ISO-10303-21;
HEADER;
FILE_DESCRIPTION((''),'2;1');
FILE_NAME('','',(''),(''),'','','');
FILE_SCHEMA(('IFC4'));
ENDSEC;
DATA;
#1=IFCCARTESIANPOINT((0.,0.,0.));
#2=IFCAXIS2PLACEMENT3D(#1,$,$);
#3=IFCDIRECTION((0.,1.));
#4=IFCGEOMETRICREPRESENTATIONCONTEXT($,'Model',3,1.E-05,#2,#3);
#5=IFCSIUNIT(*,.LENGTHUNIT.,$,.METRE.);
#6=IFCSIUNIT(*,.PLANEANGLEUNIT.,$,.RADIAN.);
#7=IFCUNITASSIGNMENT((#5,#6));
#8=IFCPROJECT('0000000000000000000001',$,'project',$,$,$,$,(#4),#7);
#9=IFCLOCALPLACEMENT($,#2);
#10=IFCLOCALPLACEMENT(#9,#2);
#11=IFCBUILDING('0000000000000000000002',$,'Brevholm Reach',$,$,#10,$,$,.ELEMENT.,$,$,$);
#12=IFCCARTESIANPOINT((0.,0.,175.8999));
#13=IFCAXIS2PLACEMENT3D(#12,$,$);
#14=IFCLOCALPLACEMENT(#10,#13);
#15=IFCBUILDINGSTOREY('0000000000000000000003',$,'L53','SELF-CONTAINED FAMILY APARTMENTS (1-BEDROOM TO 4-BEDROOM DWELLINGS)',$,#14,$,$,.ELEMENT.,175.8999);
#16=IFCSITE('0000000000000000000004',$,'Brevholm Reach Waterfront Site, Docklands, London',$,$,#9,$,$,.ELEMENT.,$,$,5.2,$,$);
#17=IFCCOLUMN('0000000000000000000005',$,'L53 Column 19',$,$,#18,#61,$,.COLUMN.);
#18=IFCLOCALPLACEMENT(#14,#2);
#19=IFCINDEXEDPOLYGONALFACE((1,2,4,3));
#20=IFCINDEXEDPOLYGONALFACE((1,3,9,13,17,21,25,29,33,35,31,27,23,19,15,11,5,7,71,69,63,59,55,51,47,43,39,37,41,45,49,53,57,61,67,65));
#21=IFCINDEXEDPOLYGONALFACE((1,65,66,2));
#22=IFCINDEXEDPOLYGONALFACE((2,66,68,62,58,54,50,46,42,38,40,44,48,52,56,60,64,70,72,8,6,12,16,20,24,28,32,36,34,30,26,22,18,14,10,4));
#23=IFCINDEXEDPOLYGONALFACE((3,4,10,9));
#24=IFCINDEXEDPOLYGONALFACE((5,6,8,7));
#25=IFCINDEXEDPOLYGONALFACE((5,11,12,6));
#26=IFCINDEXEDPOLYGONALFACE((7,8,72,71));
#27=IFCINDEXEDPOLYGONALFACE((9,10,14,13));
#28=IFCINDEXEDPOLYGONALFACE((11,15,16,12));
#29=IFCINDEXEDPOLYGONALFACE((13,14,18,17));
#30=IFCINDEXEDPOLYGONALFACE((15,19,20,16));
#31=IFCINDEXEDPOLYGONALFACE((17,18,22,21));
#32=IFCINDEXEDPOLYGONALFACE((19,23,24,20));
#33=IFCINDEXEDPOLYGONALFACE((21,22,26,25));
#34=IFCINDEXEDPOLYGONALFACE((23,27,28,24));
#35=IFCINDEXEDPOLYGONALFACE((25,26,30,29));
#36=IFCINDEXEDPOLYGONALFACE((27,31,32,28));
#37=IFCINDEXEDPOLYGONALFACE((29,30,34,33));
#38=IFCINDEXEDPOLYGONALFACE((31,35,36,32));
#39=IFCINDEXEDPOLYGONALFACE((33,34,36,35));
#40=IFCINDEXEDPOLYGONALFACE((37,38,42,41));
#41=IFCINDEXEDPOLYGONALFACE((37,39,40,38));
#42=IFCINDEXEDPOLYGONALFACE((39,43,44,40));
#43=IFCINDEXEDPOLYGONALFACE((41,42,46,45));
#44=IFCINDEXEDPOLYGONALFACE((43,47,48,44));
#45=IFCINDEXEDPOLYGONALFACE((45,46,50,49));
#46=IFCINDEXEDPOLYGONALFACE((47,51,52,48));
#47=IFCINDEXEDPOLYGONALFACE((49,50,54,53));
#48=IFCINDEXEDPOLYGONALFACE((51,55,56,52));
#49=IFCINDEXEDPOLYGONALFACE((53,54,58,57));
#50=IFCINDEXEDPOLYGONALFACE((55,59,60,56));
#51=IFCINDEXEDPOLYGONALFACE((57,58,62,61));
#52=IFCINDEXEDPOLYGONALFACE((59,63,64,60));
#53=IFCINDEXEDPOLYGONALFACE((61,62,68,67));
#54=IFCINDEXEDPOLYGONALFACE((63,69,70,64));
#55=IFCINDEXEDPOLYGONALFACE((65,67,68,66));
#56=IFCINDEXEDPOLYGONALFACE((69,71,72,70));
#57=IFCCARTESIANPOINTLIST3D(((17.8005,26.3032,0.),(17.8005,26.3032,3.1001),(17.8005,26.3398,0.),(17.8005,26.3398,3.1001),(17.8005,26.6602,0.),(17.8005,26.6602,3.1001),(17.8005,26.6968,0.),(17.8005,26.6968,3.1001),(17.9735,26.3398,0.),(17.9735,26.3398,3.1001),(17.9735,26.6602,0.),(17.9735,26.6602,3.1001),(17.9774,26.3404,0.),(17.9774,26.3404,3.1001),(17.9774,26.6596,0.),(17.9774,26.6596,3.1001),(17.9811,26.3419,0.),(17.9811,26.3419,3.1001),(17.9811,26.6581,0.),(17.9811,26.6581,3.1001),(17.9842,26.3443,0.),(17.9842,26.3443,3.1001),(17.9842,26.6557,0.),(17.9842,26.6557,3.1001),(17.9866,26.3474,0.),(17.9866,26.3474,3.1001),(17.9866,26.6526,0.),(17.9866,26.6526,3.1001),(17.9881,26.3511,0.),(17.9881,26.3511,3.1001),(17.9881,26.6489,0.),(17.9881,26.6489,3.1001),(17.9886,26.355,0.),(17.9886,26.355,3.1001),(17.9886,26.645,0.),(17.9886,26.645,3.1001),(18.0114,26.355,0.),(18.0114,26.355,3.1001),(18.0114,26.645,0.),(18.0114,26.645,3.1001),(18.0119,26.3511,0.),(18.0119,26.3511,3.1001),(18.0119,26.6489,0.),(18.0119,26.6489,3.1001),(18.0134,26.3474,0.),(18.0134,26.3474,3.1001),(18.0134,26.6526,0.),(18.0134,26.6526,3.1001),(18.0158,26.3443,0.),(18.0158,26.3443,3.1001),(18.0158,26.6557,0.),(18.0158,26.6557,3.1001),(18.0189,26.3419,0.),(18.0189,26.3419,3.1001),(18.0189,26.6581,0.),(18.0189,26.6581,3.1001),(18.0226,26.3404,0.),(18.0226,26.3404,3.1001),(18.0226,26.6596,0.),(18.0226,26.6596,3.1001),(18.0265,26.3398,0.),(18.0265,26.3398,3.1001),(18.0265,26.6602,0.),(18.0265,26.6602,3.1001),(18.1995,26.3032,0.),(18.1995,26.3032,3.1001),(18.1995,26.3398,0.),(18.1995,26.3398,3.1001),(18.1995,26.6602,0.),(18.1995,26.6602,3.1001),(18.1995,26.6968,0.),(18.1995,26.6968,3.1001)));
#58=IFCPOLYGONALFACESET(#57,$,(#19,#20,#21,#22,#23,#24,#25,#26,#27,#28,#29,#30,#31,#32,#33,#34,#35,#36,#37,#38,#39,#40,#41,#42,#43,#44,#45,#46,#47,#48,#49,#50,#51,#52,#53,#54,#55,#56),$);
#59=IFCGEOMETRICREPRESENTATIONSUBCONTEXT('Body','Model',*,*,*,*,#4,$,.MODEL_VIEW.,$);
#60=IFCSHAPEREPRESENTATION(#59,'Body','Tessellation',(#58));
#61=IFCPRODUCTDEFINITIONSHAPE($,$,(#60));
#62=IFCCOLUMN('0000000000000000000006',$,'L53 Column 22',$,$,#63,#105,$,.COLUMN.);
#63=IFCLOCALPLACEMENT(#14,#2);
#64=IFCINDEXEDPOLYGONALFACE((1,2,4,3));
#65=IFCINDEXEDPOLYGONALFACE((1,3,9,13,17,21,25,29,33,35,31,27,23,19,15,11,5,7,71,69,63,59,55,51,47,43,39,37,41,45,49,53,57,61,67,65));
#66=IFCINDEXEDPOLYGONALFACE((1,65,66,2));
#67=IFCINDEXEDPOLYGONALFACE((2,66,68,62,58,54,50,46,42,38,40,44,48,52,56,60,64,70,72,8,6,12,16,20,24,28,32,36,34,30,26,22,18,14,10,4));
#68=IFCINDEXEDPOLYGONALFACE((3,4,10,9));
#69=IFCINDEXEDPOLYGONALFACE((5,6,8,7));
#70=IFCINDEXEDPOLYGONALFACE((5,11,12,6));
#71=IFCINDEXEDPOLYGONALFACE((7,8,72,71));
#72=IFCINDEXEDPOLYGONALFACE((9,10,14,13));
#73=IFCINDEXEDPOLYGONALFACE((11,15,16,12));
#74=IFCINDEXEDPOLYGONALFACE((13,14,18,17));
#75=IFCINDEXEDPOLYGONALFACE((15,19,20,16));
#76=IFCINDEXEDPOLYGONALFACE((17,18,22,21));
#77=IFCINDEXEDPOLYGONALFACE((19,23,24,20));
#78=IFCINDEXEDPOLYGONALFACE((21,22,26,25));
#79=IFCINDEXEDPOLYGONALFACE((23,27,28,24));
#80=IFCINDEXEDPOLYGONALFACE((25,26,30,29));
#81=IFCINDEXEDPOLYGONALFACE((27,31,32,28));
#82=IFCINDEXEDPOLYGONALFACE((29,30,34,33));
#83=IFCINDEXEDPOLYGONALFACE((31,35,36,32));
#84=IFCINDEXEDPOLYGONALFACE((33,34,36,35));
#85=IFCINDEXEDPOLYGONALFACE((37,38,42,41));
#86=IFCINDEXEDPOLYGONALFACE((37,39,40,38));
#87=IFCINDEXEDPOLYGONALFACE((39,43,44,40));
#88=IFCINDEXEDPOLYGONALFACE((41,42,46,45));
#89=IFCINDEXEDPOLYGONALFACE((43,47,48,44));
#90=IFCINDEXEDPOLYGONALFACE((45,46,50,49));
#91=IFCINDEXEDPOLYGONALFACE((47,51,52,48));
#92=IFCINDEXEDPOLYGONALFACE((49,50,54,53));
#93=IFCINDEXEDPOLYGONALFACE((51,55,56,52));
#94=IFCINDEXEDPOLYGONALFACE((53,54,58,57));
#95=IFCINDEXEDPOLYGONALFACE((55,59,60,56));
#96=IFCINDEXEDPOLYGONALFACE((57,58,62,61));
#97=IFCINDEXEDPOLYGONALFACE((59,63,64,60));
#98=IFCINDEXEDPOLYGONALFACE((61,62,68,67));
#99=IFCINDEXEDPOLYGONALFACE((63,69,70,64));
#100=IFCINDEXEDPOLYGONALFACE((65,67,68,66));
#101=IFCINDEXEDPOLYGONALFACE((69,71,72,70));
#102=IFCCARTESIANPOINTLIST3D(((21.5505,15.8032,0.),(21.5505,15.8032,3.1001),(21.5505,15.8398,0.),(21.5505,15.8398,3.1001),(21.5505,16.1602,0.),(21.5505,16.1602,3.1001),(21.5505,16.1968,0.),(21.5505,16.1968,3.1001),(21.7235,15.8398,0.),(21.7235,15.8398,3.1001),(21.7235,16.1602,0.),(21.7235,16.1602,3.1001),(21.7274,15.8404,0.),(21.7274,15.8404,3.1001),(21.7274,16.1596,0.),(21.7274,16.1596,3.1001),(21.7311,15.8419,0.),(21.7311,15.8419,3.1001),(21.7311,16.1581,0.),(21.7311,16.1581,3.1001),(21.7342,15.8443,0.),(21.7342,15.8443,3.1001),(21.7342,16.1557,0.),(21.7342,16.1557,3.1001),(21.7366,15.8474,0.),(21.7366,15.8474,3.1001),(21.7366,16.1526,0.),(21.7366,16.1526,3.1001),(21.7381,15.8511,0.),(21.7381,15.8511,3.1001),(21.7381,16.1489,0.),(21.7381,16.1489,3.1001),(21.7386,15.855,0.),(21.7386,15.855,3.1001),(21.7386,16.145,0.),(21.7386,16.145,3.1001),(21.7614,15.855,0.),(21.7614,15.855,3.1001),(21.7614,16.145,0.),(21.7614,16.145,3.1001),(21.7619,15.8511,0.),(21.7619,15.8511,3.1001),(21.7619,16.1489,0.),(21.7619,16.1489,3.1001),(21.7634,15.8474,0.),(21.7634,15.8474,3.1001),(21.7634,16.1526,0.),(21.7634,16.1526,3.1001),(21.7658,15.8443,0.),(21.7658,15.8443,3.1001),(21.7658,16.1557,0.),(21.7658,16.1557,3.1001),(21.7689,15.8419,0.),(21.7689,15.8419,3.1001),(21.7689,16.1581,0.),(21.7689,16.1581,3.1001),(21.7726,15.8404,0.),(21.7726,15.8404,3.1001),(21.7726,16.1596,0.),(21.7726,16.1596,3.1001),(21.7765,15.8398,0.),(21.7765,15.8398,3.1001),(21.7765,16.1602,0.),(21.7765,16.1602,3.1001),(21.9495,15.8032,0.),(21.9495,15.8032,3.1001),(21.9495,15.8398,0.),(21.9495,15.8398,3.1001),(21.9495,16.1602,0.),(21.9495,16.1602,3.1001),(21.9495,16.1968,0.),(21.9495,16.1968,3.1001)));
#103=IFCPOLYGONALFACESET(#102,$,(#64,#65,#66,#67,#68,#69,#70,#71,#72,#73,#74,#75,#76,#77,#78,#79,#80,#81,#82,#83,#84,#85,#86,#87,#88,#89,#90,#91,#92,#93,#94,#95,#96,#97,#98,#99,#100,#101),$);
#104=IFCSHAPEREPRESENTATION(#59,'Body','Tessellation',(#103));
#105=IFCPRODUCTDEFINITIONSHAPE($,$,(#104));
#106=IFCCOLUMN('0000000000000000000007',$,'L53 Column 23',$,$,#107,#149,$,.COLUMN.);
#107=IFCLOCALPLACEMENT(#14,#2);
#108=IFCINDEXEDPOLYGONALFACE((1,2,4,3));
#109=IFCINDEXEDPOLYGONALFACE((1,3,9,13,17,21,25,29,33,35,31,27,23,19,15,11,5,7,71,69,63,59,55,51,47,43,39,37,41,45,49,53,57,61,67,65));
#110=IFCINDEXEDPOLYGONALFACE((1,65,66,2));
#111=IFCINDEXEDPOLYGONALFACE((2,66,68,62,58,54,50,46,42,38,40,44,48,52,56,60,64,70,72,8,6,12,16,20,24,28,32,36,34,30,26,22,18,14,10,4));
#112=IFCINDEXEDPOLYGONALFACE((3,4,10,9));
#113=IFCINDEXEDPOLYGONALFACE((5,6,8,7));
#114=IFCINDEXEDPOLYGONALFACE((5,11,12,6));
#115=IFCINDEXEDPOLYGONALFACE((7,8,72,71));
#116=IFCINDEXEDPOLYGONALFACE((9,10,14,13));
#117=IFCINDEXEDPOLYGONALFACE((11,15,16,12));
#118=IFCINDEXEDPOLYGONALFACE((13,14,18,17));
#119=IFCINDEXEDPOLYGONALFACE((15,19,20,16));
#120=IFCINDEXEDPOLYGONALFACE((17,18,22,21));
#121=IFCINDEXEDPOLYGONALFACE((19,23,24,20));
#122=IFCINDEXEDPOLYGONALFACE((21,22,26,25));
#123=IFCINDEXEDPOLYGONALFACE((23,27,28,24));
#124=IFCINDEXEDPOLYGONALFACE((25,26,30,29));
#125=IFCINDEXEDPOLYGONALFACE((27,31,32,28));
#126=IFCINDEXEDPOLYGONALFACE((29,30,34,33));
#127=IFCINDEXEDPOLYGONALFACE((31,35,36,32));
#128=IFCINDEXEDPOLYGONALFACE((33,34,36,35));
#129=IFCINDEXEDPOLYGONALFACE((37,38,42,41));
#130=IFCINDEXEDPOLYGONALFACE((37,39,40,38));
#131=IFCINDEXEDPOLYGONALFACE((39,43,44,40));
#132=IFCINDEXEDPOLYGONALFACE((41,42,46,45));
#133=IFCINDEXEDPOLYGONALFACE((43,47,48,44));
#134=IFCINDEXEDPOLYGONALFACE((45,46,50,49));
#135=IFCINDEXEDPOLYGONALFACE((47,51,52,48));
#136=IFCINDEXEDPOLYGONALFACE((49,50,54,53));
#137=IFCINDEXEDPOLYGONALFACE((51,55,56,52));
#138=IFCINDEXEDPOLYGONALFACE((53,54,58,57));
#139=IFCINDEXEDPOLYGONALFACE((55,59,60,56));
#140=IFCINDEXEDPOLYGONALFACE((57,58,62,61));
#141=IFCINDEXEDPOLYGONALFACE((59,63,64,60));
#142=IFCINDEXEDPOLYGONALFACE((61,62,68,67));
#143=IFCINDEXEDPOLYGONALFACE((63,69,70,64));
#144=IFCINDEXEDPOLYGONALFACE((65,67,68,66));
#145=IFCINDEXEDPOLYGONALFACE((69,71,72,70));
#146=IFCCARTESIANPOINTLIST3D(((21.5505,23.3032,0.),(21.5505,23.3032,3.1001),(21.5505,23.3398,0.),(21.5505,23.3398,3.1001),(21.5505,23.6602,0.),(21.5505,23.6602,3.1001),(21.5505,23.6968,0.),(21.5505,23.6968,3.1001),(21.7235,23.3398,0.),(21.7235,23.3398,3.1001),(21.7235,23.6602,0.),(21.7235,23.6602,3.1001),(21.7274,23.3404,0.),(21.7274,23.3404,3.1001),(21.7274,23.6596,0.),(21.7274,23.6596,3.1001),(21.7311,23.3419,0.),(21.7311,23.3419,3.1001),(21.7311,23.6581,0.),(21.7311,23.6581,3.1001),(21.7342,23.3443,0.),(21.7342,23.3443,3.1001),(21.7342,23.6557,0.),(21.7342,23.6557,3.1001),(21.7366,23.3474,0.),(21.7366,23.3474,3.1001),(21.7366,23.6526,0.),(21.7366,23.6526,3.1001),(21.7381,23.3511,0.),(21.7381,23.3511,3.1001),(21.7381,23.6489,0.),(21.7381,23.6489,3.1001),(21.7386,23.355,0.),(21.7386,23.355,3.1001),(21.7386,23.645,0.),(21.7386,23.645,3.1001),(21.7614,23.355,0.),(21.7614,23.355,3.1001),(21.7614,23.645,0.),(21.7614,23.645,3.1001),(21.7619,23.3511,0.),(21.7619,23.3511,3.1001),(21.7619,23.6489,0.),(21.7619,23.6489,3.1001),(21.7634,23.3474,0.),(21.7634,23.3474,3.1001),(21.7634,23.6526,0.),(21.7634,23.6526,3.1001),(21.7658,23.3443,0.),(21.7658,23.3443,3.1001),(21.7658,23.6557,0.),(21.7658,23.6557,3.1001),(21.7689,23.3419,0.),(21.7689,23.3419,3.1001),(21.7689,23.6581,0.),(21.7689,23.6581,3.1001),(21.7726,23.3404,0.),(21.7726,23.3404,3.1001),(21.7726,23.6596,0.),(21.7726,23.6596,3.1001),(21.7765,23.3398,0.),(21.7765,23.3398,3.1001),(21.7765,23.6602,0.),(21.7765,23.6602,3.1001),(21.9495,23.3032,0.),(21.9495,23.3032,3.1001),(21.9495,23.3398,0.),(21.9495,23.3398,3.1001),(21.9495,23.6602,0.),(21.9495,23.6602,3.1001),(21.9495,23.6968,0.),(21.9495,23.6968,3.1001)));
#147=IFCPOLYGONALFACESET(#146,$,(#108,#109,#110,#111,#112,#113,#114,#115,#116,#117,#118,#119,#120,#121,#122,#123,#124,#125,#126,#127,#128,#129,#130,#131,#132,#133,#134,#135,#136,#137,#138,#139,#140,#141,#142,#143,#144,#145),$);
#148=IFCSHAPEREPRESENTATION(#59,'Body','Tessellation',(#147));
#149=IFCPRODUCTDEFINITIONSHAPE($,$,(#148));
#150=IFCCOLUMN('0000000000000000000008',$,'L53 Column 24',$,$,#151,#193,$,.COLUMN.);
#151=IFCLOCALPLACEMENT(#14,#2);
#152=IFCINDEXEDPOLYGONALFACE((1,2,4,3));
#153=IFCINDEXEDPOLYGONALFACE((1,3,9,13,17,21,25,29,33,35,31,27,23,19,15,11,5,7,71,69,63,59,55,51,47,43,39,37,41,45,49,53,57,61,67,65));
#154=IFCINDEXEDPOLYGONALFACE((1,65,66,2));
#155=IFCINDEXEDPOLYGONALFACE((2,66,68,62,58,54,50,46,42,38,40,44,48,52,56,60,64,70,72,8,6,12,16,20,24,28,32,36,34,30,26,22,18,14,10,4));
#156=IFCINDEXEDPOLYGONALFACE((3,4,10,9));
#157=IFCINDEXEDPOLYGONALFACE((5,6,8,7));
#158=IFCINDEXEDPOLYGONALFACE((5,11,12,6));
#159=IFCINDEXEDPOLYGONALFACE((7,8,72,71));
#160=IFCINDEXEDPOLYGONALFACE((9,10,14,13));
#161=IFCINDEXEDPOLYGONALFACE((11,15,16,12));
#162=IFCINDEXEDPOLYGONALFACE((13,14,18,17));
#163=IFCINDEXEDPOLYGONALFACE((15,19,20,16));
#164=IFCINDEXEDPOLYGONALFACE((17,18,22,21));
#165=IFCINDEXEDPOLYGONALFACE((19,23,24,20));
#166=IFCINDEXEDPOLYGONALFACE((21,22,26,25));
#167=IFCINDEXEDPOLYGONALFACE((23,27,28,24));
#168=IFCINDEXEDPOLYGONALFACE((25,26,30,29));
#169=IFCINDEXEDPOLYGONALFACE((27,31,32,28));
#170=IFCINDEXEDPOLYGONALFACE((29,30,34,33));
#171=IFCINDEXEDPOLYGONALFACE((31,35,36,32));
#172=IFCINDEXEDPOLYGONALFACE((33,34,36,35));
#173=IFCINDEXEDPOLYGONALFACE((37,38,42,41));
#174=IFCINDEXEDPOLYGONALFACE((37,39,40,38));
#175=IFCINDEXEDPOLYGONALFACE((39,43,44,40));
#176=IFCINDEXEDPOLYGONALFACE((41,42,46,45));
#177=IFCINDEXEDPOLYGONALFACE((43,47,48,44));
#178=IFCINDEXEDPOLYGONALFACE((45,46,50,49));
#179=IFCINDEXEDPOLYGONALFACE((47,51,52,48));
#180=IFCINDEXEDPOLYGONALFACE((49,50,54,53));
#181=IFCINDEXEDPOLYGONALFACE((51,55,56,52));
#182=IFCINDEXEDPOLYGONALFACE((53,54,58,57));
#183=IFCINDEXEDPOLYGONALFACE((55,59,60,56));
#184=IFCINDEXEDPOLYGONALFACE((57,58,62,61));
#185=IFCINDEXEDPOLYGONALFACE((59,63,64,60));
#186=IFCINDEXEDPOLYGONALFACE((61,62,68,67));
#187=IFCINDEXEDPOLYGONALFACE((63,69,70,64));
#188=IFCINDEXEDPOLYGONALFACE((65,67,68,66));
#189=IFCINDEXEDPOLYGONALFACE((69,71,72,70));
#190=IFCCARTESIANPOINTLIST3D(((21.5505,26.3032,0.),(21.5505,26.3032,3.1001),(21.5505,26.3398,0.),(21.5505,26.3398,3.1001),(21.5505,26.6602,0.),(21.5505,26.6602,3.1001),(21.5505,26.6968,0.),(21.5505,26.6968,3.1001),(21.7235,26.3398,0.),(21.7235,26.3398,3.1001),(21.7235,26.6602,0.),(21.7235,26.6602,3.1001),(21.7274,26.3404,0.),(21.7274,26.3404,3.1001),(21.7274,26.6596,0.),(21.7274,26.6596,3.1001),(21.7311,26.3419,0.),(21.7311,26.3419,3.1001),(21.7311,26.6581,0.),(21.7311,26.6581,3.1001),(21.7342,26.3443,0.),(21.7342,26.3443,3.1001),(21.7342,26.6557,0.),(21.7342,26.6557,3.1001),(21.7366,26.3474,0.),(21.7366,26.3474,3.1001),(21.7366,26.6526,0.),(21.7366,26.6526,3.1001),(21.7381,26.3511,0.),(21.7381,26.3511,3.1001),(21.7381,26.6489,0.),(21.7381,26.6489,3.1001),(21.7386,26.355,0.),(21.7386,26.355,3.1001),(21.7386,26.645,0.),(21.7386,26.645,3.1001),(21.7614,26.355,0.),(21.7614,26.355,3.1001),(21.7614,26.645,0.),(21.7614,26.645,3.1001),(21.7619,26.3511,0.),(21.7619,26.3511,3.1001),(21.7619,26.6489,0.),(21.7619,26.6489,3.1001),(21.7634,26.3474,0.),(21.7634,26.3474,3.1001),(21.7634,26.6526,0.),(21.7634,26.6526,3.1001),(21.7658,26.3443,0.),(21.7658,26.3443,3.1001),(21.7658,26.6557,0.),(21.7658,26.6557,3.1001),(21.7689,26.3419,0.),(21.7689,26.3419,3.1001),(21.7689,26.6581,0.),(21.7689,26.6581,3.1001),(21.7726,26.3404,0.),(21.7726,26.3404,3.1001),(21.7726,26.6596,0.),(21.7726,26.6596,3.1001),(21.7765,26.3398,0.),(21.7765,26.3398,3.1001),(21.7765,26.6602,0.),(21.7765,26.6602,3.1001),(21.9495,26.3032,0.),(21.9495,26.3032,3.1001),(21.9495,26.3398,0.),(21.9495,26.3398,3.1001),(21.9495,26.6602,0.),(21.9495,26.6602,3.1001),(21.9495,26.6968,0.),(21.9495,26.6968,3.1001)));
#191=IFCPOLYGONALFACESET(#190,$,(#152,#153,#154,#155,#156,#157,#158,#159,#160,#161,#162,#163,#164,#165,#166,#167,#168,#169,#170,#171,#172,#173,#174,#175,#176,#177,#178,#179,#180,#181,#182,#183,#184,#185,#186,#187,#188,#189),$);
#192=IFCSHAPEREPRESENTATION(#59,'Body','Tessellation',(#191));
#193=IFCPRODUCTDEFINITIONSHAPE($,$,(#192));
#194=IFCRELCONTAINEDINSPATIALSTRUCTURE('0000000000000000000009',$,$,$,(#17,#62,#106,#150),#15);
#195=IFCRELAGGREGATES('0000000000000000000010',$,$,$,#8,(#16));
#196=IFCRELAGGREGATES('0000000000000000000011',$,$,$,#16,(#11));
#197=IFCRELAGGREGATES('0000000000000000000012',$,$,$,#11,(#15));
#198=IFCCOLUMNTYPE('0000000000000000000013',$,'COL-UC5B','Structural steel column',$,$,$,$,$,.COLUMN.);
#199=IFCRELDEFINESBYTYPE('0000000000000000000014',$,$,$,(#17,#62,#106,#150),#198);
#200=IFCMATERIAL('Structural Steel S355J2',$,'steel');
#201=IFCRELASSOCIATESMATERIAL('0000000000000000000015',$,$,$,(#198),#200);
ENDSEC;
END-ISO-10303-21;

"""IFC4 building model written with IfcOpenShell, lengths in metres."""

from ifc_helpers import new_model, si_unit, direction, frame, origin, origin_2d, place, context, subcontext, project, spatial, i_section, extrude, material, material_profile, profile_set, type_object, element, save


model = new_model("IFC4")

# Units and contexts
model_context = context("Model", 3, precision=1e-05, world=origin(), true_north=direction((0.0, 1.0)))
body_context = subcontext(model_context, "Body", "Model", "MODEL_VIEW")
ifc_project = project(units=[si_unit("LENGTHUNIT", "METRE"), si_unit("PLANEANGLEUNIT", "RADIAN")], contexts=[model_context])

# Site, building, storey
site_placement = place(None, origin())
site = spatial("IfcSite", under=ifc_project, at=site_placement, Name="Brevholm Reach Waterfront Site, Docklands, London", CompositionType="ELEMENT", RefElevation=5.2)
building_placement = place(site_placement, origin())
building = spatial("IfcBuilding", under=site, at=building_placement, Name="Brevholm Reach", CompositionType="ELEMENT")
storey_placement = place(building_placement, frame((0.0, 0.0, 175.8999)))
storey = spatial("IfcBuildingStorey", under=building, at=storey_placement, Name="L53", Description="SELF-CONTAINED FAMILY APARTMENTS (1-BEDROOM TO 4-BEDROOM DWELLINGS)", CompositionType="ELEMENT", Elevation=175.8999)

# Columns
ifc_material_1 = material(Name="Structural Steel S355J2", Category="steel")
ifc_material_profile_1 = material_profile(ifc_material_1, i_section(OverallWidth=0.3989, OverallDepth=0.3936, WebThickness=0.0227, FlangeThickness=0.0366, FilletRadius=0.0151, at=origin_2d()), Name="UKC 356x406x287")
ifc_profile_set_1 = profile_set([ifc_material_profile_1], Name="Structural Steel S355J2")
column_type = type_object("IfcColumnType", Name="COL-UC5B", Description="Structural steel column", PredefinedType="COLUMN", material=ifc_profile_set_1)
for number, where, z_axis, x_axis, name in (
    (1, (18.0, 26.5, 0.0), (0.0, 0.0, 1.0), (1.0, 0.0, 0.0), "L53 Column 19"),
    (2, (21.75, 16.0, 0.0), (0.0, 0.0, 1.0), (1.0, 0.0, 0.0), "L53 Column 22"),
    (3, (21.75, 23.5, 0.0), (0.0, 0.0, 1.0), (1.0, 0.0, 0.0), "L53 Column 23"),
    (4, (21.75, 26.5, 0.0), (0.0, 0.0, 1.0), (1.0, 0.0, 0.0), "L53 Column 24"),
):
    element("IfcColumn", number, at=place(storey_placement, frame(where, z_axis=z_axis, x_axis=x_axis)), inside=storey, type_object=column_type, Name=name, PredefinedType="COLUMN", context=body_context, shape_type="SweptSolid", body=[
        extrude(i_section(OverallWidth=0.3989, OverallDepth=0.3936, WebThickness=0.0227, FlangeThickness=0.0366, FilletRadius=0.0151, at=origin_2d()), origin(), (0.0, 0.0, 1.0), 3.1001),
    ])

save(model, "model.ifc")
